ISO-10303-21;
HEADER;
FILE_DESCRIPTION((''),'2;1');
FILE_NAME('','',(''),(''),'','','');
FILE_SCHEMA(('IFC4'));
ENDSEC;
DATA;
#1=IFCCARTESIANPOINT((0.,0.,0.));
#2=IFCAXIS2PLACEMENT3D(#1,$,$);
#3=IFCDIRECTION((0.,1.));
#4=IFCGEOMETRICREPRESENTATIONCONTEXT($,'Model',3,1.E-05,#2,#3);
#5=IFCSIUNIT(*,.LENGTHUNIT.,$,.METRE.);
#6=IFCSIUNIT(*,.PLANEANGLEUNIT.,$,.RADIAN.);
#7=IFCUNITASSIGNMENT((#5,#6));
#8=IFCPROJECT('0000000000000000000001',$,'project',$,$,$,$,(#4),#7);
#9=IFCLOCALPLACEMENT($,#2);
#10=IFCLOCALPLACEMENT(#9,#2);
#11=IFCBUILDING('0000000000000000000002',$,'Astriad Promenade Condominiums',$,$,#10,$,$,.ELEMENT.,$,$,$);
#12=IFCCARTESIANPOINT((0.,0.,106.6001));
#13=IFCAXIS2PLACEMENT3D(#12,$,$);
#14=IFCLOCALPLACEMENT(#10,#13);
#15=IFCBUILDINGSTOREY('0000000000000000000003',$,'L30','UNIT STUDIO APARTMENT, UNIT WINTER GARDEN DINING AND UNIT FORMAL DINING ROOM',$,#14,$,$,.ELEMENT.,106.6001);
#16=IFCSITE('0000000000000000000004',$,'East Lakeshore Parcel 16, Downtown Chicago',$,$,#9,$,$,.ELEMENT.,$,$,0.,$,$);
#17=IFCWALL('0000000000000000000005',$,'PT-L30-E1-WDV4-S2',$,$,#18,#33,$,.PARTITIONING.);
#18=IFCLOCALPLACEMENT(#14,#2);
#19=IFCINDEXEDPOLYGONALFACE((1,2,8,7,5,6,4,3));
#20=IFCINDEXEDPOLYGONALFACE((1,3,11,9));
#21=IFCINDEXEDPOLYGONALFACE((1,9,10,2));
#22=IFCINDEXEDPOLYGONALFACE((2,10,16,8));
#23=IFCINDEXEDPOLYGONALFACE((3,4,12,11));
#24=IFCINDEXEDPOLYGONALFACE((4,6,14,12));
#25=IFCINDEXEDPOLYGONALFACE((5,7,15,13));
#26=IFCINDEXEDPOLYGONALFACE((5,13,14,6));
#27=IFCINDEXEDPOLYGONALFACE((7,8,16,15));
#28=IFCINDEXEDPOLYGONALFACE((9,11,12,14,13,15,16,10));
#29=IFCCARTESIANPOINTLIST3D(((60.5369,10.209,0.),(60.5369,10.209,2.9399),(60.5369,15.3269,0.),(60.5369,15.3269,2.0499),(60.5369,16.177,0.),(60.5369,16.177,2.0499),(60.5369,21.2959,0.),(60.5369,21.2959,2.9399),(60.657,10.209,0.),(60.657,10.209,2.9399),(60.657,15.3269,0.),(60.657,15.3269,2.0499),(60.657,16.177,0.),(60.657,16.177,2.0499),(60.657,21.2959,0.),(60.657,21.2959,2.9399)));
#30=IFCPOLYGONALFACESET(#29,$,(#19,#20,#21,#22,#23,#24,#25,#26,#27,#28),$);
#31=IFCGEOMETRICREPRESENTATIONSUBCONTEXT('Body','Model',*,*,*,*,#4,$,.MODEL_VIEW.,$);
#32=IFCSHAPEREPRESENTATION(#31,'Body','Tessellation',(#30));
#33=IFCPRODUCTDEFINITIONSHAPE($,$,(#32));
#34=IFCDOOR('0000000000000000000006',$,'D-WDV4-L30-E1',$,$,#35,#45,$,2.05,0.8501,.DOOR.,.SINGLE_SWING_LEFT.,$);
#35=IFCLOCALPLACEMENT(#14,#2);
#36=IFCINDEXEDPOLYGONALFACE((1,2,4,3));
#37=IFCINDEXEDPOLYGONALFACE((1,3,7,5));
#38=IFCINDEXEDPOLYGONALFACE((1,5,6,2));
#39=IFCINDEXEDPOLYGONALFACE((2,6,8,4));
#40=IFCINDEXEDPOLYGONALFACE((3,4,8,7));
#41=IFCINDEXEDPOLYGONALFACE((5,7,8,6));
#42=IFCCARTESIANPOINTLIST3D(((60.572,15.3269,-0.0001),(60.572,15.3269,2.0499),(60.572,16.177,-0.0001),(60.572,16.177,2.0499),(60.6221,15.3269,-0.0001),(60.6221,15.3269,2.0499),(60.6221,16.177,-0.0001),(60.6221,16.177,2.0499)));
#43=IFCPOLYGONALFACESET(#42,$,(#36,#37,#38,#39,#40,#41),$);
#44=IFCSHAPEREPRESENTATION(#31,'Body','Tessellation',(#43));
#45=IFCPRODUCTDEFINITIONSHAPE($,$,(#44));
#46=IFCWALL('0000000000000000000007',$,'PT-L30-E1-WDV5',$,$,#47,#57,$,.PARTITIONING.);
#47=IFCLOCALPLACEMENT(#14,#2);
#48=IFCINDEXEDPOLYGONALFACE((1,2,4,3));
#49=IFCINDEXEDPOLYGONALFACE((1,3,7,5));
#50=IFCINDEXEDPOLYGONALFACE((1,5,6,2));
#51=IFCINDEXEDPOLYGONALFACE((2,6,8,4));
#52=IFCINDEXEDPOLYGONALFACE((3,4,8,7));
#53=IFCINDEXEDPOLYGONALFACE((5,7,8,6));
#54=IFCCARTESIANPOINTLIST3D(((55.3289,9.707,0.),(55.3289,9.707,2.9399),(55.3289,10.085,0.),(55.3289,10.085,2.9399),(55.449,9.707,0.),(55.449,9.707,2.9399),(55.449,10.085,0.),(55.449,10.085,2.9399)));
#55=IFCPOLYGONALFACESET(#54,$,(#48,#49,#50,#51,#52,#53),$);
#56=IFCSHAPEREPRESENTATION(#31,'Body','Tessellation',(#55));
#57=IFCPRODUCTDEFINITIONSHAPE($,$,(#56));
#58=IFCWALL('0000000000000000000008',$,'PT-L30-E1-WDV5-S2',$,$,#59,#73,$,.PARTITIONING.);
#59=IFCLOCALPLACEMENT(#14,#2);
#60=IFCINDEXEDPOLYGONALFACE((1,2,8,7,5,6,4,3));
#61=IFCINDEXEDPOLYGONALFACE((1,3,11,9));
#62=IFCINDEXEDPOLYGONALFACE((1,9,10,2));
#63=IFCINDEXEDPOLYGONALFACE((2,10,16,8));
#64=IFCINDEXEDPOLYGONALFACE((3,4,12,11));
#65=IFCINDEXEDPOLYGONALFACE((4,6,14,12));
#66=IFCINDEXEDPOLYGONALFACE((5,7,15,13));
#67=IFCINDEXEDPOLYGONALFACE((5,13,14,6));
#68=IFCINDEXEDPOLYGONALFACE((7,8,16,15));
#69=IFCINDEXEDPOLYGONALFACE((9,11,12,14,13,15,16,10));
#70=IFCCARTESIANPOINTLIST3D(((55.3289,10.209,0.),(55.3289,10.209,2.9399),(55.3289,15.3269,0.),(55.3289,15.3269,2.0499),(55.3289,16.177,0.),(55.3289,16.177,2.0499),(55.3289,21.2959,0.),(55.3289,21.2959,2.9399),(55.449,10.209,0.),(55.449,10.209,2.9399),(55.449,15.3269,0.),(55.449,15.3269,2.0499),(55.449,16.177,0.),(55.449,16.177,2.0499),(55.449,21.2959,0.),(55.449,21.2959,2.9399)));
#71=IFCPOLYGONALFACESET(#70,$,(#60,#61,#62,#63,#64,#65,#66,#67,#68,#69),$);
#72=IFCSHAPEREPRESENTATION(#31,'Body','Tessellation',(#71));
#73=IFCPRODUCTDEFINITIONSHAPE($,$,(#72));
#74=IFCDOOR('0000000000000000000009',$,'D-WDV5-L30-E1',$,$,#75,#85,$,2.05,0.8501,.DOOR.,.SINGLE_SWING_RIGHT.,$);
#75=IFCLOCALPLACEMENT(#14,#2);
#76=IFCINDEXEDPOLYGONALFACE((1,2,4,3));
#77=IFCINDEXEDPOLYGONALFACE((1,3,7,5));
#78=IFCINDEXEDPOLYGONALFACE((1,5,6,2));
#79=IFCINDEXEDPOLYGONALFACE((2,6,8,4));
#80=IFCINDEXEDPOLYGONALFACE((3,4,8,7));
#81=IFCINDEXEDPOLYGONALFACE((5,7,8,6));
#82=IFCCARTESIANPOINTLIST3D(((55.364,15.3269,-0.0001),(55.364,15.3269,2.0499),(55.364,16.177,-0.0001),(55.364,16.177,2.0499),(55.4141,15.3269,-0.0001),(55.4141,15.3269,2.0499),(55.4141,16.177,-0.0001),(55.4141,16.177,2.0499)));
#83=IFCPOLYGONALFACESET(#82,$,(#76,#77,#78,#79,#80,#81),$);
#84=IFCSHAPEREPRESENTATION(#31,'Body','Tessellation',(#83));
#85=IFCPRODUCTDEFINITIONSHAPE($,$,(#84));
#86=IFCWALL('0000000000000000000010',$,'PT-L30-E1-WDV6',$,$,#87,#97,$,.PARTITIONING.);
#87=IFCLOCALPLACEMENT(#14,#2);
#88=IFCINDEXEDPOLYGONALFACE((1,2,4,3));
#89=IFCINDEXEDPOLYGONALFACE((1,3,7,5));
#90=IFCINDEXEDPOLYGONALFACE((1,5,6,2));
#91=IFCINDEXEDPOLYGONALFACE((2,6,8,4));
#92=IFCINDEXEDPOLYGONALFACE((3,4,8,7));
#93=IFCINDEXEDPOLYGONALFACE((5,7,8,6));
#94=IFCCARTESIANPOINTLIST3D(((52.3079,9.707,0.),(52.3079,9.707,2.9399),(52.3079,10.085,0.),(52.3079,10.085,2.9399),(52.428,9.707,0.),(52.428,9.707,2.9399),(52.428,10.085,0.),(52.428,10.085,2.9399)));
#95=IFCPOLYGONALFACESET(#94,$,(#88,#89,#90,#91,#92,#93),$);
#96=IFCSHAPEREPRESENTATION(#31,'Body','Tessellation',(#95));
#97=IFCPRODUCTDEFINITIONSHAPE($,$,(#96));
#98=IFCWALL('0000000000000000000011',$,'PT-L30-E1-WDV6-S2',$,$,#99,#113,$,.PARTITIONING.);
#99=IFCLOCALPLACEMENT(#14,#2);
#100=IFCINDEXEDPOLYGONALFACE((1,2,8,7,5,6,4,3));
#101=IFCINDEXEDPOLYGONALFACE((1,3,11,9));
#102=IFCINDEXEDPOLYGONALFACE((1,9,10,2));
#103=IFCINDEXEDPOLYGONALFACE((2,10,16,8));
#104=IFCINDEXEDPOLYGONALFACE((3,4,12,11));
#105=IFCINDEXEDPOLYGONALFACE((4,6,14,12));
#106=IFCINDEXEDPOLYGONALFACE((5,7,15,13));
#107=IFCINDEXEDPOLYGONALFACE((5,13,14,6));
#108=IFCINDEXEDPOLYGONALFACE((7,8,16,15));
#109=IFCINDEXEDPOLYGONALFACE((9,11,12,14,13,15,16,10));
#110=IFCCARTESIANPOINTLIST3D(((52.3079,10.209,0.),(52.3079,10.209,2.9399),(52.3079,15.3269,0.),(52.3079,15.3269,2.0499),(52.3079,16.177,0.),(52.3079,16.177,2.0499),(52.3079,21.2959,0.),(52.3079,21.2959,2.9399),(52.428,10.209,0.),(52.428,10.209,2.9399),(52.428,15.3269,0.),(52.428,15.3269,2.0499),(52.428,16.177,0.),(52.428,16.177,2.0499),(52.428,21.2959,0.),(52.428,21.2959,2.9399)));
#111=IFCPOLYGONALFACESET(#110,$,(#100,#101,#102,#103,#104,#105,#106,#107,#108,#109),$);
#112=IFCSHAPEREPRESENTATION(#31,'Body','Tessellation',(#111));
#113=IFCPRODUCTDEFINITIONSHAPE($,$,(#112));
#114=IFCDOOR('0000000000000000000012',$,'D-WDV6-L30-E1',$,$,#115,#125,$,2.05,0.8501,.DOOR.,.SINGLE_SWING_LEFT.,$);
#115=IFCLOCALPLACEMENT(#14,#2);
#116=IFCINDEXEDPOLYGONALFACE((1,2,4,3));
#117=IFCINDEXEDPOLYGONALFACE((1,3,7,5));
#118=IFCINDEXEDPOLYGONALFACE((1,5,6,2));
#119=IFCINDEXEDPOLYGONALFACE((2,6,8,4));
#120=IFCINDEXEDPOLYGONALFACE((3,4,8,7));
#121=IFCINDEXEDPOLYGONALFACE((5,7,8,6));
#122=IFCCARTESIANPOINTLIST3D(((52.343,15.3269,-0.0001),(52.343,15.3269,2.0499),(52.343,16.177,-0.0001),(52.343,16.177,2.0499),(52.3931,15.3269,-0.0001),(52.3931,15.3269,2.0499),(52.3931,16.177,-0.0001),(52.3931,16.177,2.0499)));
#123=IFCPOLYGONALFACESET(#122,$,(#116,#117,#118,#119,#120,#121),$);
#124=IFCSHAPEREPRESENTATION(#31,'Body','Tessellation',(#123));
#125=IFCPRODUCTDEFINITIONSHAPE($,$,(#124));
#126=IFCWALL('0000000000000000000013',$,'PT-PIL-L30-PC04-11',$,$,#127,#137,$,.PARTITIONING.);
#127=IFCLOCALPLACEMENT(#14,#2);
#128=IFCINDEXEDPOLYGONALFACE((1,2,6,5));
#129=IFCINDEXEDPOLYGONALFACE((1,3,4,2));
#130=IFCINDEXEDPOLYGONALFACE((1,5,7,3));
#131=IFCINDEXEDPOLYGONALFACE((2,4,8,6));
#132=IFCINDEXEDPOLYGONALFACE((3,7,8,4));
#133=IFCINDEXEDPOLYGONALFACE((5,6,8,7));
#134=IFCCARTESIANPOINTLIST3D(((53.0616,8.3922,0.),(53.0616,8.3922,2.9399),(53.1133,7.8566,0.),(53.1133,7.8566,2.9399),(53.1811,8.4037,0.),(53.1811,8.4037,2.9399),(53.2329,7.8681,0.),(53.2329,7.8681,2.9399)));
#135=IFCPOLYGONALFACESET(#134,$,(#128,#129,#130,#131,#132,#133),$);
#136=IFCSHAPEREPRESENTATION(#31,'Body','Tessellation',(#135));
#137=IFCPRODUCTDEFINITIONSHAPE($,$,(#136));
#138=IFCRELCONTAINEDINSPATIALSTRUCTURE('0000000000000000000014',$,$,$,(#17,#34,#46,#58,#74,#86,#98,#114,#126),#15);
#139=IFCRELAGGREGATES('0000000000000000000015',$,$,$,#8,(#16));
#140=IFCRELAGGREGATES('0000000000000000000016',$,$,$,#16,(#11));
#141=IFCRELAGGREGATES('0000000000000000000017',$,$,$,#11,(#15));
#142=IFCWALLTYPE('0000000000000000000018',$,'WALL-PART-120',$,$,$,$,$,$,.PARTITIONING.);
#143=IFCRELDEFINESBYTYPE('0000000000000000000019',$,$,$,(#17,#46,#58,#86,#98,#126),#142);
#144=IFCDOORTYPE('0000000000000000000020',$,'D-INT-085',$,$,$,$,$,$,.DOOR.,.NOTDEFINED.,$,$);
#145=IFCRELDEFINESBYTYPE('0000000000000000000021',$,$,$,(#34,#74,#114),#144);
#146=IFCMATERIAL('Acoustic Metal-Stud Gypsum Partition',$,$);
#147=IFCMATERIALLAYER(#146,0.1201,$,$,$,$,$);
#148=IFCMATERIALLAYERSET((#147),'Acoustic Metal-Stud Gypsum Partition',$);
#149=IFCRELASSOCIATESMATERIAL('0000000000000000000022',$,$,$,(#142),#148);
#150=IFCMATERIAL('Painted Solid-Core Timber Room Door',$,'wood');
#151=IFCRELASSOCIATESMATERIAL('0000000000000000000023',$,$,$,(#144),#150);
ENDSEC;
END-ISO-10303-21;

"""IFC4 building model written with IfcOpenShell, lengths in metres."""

from ifc_helpers import new_model, si_unit, direction, frame, frame_2d, origin, place, context, subcontext, project, spatial, rectangle, extrude, source, transform, mapped, material, layer, layer_set, type_object, type_shapes, element, fill, save


model = new_model("IFC4")

# Units and contexts
model_context = context("Model", 3, precision=1e-05, world=origin(), true_north=direction((0.0, 1.0)))
body_context = subcontext(model_context, "Body", "Model", "MODEL_VIEW")
ifc_project = project(units=[si_unit("LENGTHUNIT", "METRE"), si_unit("PLANEANGLEUNIT", "RADIAN")], contexts=[model_context])

# Site, building, storey
site_placement = place(None, origin())
site = spatial("IfcSite", under=ifc_project, at=site_placement, Name="East Lakeshore Parcel 16, Downtown Chicago", CompositionType="ELEMENT", RefElevation=0.0)
building_placement = place(site_placement, origin())
building = spatial("IfcBuilding", under=site, at=building_placement, Name="Astriad Promenade Condominiums", CompositionType="ELEMENT")
storey_placement = place(building_placement, frame((0.0, 0.0, 106.6001)))
storey = spatial("IfcBuildingStorey", under=building, at=storey_placement, Name="L30", Description="UNIT STUDIO APARTMENT, UNIT WINTER GARDEN DINING AND UNIT FORMAL DINING ROOM", CompositionType="ELEMENT", Elevation=106.6001)

# Shared definitions
ifc_material_1 = material(Name="Acoustic Metal-Stud Gypsum Partition")
ifc_layer_1 = layer(ifc_material_1, 0.1201)
ifc_layer_set_1 = layer_set([ifc_layer_1], Name="Acoustic Metal-Stud Gypsum Partition")
wall_type = type_object("IfcWallType", Name="WALL-PART-120", PredefinedType="PARTITIONING", material=ifc_layer_set_1)
ifc_material_2 = material(Name="Painted Solid-Core Timber Room Door", Category="wood")
door_type = type_object("IfcDoorType", Name="D-INT-085", OperationType="NOTDEFINED", PredefinedType="DOOR", material=ifc_material_2)
shared_shape_1 = source(origin(), body_context, "Body", "SweptSolid", [
    extrude(rectangle(XDim=0.8501, YDim=2.05, at=frame_2d((0.425, 1.0249))), frame((0.0, 0.0249, 0.0), z_axis=(0.0, -1.0, 0.0), x_axis=(1.0, 0.0, 0.0)), (0.0, 0.0, 1.0), 0.05),
])
type_shapes(door_type, [shared_shape_1])

# Wall, opening, door
wall_1_placement = place(storey_placement, frame((60.5969, 10.209, 0.0), z_axis=(0.0, 0.0, 1.0), x_axis=(0.0, 1.0, 0.0)))
wall_1 = element("IfcWall", 1, at=wall_1_placement, inside=storey, type_object=wall_type, Name="PT-L30-E1-WDV4-S2", PredefinedType="PARTITIONING", context=body_context, shape_type="SweptSolid", body=[
    extrude(rectangle(XDim=11.0869, YDim=0.1201, at=frame_2d((5.5435, 0.0))), origin(), (0.0, 0.0, 1.0), 2.9399),
])
opening_1_placement = place(wall_1_placement, frame((5.1179, 0.0, 0.0)))
opening_1 = element("IfcOpeningElement", 2, at=opening_1_placement, cuts=wall_1, PredefinedType="OPENING", context=body_context, shape_type="SweptSolid", body=[
    extrude(rectangle(XDim=0.8501, YDim=2.05, at=frame_2d((0.425, 1.0249))), frame((0.0, 0.0701, 0.0), z_axis=(0.0, -1.0, 0.0), x_axis=(1.0, 0.0, 0.0)), (0.0, 0.0, 1.0), 0.1401),
])
door_1_placement = place(opening_1_placement, origin())
door_1 = element("IfcDoor", 3, at=door_1_placement, inside=storey, type_object=door_type, Name="D-WDV4-L30-E1", OperationType="SINGLE_SWING_LEFT", OverallHeight=2.05, OverallWidth=0.8501, PredefinedType="DOOR", context=body_context, shape_type="MappedRepresentation", body=[
    mapped(shared_shape_1, transform((0.0, 0.0, 0.0), scale=1.0)),
])
fill(opening_1, door_1)

# Wall
wall_2_placement = place(storey_placement, frame((55.3889, 9.707, 0.0), z_axis=(0.0, 0.0, 1.0), x_axis=(0.0, 1.0, 0.0)))
element("IfcWall", 4, at=wall_2_placement, inside=storey, type_object=wall_type, Name="PT-L30-E1-WDV5", PredefinedType="PARTITIONING", context=body_context, shape_type="SweptSolid", body=[
    extrude(rectangle(XDim=0.3779, YDim=0.1201, at=frame_2d((0.189, 0.0))), origin(), (0.0, 0.0, 1.0), 2.9399),
])

# Wall, opening, door
wall_3_placement = place(storey_placement, frame((55.3889, 10.209, 0.0), z_axis=(0.0, 0.0, 1.0), x_axis=(0.0, 1.0, 0.0)))
wall_3 = element("IfcWall", 5, at=wall_3_placement, inside=storey, type_object=wall_type, Name="PT-L30-E1-WDV5-S2", PredefinedType="PARTITIONING", context=body_context, shape_type="SweptSolid", body=[
    extrude(rectangle(XDim=11.0869, YDim=0.1201, at=frame_2d((5.5435, 0.0))), origin(), (0.0, 0.0, 1.0), 2.9399),
])
opening_2_placement = place(wall_3_placement, frame((5.1179, 0.0, 0.0)))
opening_2 = element("IfcOpeningElement", 6, at=opening_2_placement, cuts=wall_3, PredefinedType="OPENING", context=body_context, shape_type="SweptSolid", body=[
    extrude(rectangle(XDim=0.8501, YDim=2.05, at=frame_2d((0.425, 1.0249))), frame((0.0, 0.0701, 0.0), z_axis=(0.0, -1.0, 0.0), x_axis=(1.0, 0.0, 0.0)), (0.0, 0.0, 1.0), 0.1401),
])
door_2_placement = place(opening_2_placement, origin())
door_2 = element("IfcDoor", 7, at=door_2_placement, inside=storey, type_object=door_type, Name="D-WDV5-L30-E1", OperationType="SINGLE_SWING_RIGHT", OverallHeight=2.05, OverallWidth=0.8501, PredefinedType="DOOR", context=body_context, shape_type="MappedRepresentation", body=[
    mapped(shared_shape_1, transform((0.0, 0.0, 0.0), scale=1.0)),
])
fill(opening_2, door_2)

# Wall
wall_4_placement = place(storey_placement, frame((52.3679, 9.707, 0.0), z_axis=(0.0, 0.0, 1.0), x_axis=(0.0, 1.0, 0.0)))
element("IfcWall", 8, at=wall_4_placement, inside=storey, type_object=wall_type, Name="PT-L30-E1-WDV6", PredefinedType="PARTITIONING", context=body_context, shape_type="SweptSolid", body=[
    extrude(rectangle(XDim=0.3779, YDim=0.1201, at=frame_2d((0.189, 0.0))), origin(), (0.0, 0.0, 1.0), 2.9399),
])

# Wall, opening, door
wall_5_placement = place(storey_placement, frame((52.3679, 10.209, 0.0), z_axis=(0.0, 0.0, 1.0), x_axis=(0.0, 1.0, 0.0)))
wall_5 = element("IfcWall", 9, at=wall_5_placement, inside=storey, type_object=wall_type, Name="PT-L30-E1-WDV6-S2", PredefinedType="PARTITIONING", context=body_context, shape_type="SweptSolid", body=[
    extrude(rectangle(XDim=11.0869, YDim=0.1201, at=frame_2d((5.5435, 0.0))), origin(), (0.0, 0.0, 1.0), 2.9399),
])
opening_3_placement = place(wall_5_placement, frame((5.1179, 0.0, 0.0)))
opening_3 = element("IfcOpeningElement", 10, at=opening_3_placement, cuts=wall_5, PredefinedType="OPENING", context=body_context, shape_type="SweptSolid", body=[
    extrude(rectangle(XDim=0.8501, YDim=2.05, at=frame_2d((0.425, 1.0249))), frame((0.0, 0.0701, 0.0), z_axis=(0.0, -1.0, 0.0), x_axis=(1.0, 0.0, 0.0)), (0.0, 0.0, 1.0), 0.1401),
])
door_3_placement = place(opening_3_placement, origin())
door_3 = element("IfcDoor", 11, at=door_3_placement, inside=storey, type_object=door_type, Name="D-WDV6-L30-E1", OperationType="SINGLE_SWING_LEFT", OverallHeight=2.05, OverallWidth=0.8501, PredefinedType="DOOR", context=body_context, shape_type="MappedRepresentation", body=[
    mapped(shared_shape_1, transform((0.0, 0.0, 0.0), scale=1.0)),
])
fill(opening_3, door_3)

# Wall
wall_6_placement = place(storey_placement, frame((53.1213, 8.3979, 0.0), z_axis=(0.0, 0.0, 1.0), x_axis=(0.096179, -0.995364, 0.0)))
element("IfcWall", 12, at=wall_6_placement, inside=storey, type_object=wall_type, Name="PT-PIL-L30-PC04-11", PredefinedType="PARTITIONING", context=body_context, shape_type="SweptSolid", body=[
    extrude(rectangle(XDim=0.5381, YDim=0.1201, at=frame_2d((0.269, 0.0))), origin(), (0.0, 0.0, 1.0), 2.9399),
])

save(model, "model.ifc")
